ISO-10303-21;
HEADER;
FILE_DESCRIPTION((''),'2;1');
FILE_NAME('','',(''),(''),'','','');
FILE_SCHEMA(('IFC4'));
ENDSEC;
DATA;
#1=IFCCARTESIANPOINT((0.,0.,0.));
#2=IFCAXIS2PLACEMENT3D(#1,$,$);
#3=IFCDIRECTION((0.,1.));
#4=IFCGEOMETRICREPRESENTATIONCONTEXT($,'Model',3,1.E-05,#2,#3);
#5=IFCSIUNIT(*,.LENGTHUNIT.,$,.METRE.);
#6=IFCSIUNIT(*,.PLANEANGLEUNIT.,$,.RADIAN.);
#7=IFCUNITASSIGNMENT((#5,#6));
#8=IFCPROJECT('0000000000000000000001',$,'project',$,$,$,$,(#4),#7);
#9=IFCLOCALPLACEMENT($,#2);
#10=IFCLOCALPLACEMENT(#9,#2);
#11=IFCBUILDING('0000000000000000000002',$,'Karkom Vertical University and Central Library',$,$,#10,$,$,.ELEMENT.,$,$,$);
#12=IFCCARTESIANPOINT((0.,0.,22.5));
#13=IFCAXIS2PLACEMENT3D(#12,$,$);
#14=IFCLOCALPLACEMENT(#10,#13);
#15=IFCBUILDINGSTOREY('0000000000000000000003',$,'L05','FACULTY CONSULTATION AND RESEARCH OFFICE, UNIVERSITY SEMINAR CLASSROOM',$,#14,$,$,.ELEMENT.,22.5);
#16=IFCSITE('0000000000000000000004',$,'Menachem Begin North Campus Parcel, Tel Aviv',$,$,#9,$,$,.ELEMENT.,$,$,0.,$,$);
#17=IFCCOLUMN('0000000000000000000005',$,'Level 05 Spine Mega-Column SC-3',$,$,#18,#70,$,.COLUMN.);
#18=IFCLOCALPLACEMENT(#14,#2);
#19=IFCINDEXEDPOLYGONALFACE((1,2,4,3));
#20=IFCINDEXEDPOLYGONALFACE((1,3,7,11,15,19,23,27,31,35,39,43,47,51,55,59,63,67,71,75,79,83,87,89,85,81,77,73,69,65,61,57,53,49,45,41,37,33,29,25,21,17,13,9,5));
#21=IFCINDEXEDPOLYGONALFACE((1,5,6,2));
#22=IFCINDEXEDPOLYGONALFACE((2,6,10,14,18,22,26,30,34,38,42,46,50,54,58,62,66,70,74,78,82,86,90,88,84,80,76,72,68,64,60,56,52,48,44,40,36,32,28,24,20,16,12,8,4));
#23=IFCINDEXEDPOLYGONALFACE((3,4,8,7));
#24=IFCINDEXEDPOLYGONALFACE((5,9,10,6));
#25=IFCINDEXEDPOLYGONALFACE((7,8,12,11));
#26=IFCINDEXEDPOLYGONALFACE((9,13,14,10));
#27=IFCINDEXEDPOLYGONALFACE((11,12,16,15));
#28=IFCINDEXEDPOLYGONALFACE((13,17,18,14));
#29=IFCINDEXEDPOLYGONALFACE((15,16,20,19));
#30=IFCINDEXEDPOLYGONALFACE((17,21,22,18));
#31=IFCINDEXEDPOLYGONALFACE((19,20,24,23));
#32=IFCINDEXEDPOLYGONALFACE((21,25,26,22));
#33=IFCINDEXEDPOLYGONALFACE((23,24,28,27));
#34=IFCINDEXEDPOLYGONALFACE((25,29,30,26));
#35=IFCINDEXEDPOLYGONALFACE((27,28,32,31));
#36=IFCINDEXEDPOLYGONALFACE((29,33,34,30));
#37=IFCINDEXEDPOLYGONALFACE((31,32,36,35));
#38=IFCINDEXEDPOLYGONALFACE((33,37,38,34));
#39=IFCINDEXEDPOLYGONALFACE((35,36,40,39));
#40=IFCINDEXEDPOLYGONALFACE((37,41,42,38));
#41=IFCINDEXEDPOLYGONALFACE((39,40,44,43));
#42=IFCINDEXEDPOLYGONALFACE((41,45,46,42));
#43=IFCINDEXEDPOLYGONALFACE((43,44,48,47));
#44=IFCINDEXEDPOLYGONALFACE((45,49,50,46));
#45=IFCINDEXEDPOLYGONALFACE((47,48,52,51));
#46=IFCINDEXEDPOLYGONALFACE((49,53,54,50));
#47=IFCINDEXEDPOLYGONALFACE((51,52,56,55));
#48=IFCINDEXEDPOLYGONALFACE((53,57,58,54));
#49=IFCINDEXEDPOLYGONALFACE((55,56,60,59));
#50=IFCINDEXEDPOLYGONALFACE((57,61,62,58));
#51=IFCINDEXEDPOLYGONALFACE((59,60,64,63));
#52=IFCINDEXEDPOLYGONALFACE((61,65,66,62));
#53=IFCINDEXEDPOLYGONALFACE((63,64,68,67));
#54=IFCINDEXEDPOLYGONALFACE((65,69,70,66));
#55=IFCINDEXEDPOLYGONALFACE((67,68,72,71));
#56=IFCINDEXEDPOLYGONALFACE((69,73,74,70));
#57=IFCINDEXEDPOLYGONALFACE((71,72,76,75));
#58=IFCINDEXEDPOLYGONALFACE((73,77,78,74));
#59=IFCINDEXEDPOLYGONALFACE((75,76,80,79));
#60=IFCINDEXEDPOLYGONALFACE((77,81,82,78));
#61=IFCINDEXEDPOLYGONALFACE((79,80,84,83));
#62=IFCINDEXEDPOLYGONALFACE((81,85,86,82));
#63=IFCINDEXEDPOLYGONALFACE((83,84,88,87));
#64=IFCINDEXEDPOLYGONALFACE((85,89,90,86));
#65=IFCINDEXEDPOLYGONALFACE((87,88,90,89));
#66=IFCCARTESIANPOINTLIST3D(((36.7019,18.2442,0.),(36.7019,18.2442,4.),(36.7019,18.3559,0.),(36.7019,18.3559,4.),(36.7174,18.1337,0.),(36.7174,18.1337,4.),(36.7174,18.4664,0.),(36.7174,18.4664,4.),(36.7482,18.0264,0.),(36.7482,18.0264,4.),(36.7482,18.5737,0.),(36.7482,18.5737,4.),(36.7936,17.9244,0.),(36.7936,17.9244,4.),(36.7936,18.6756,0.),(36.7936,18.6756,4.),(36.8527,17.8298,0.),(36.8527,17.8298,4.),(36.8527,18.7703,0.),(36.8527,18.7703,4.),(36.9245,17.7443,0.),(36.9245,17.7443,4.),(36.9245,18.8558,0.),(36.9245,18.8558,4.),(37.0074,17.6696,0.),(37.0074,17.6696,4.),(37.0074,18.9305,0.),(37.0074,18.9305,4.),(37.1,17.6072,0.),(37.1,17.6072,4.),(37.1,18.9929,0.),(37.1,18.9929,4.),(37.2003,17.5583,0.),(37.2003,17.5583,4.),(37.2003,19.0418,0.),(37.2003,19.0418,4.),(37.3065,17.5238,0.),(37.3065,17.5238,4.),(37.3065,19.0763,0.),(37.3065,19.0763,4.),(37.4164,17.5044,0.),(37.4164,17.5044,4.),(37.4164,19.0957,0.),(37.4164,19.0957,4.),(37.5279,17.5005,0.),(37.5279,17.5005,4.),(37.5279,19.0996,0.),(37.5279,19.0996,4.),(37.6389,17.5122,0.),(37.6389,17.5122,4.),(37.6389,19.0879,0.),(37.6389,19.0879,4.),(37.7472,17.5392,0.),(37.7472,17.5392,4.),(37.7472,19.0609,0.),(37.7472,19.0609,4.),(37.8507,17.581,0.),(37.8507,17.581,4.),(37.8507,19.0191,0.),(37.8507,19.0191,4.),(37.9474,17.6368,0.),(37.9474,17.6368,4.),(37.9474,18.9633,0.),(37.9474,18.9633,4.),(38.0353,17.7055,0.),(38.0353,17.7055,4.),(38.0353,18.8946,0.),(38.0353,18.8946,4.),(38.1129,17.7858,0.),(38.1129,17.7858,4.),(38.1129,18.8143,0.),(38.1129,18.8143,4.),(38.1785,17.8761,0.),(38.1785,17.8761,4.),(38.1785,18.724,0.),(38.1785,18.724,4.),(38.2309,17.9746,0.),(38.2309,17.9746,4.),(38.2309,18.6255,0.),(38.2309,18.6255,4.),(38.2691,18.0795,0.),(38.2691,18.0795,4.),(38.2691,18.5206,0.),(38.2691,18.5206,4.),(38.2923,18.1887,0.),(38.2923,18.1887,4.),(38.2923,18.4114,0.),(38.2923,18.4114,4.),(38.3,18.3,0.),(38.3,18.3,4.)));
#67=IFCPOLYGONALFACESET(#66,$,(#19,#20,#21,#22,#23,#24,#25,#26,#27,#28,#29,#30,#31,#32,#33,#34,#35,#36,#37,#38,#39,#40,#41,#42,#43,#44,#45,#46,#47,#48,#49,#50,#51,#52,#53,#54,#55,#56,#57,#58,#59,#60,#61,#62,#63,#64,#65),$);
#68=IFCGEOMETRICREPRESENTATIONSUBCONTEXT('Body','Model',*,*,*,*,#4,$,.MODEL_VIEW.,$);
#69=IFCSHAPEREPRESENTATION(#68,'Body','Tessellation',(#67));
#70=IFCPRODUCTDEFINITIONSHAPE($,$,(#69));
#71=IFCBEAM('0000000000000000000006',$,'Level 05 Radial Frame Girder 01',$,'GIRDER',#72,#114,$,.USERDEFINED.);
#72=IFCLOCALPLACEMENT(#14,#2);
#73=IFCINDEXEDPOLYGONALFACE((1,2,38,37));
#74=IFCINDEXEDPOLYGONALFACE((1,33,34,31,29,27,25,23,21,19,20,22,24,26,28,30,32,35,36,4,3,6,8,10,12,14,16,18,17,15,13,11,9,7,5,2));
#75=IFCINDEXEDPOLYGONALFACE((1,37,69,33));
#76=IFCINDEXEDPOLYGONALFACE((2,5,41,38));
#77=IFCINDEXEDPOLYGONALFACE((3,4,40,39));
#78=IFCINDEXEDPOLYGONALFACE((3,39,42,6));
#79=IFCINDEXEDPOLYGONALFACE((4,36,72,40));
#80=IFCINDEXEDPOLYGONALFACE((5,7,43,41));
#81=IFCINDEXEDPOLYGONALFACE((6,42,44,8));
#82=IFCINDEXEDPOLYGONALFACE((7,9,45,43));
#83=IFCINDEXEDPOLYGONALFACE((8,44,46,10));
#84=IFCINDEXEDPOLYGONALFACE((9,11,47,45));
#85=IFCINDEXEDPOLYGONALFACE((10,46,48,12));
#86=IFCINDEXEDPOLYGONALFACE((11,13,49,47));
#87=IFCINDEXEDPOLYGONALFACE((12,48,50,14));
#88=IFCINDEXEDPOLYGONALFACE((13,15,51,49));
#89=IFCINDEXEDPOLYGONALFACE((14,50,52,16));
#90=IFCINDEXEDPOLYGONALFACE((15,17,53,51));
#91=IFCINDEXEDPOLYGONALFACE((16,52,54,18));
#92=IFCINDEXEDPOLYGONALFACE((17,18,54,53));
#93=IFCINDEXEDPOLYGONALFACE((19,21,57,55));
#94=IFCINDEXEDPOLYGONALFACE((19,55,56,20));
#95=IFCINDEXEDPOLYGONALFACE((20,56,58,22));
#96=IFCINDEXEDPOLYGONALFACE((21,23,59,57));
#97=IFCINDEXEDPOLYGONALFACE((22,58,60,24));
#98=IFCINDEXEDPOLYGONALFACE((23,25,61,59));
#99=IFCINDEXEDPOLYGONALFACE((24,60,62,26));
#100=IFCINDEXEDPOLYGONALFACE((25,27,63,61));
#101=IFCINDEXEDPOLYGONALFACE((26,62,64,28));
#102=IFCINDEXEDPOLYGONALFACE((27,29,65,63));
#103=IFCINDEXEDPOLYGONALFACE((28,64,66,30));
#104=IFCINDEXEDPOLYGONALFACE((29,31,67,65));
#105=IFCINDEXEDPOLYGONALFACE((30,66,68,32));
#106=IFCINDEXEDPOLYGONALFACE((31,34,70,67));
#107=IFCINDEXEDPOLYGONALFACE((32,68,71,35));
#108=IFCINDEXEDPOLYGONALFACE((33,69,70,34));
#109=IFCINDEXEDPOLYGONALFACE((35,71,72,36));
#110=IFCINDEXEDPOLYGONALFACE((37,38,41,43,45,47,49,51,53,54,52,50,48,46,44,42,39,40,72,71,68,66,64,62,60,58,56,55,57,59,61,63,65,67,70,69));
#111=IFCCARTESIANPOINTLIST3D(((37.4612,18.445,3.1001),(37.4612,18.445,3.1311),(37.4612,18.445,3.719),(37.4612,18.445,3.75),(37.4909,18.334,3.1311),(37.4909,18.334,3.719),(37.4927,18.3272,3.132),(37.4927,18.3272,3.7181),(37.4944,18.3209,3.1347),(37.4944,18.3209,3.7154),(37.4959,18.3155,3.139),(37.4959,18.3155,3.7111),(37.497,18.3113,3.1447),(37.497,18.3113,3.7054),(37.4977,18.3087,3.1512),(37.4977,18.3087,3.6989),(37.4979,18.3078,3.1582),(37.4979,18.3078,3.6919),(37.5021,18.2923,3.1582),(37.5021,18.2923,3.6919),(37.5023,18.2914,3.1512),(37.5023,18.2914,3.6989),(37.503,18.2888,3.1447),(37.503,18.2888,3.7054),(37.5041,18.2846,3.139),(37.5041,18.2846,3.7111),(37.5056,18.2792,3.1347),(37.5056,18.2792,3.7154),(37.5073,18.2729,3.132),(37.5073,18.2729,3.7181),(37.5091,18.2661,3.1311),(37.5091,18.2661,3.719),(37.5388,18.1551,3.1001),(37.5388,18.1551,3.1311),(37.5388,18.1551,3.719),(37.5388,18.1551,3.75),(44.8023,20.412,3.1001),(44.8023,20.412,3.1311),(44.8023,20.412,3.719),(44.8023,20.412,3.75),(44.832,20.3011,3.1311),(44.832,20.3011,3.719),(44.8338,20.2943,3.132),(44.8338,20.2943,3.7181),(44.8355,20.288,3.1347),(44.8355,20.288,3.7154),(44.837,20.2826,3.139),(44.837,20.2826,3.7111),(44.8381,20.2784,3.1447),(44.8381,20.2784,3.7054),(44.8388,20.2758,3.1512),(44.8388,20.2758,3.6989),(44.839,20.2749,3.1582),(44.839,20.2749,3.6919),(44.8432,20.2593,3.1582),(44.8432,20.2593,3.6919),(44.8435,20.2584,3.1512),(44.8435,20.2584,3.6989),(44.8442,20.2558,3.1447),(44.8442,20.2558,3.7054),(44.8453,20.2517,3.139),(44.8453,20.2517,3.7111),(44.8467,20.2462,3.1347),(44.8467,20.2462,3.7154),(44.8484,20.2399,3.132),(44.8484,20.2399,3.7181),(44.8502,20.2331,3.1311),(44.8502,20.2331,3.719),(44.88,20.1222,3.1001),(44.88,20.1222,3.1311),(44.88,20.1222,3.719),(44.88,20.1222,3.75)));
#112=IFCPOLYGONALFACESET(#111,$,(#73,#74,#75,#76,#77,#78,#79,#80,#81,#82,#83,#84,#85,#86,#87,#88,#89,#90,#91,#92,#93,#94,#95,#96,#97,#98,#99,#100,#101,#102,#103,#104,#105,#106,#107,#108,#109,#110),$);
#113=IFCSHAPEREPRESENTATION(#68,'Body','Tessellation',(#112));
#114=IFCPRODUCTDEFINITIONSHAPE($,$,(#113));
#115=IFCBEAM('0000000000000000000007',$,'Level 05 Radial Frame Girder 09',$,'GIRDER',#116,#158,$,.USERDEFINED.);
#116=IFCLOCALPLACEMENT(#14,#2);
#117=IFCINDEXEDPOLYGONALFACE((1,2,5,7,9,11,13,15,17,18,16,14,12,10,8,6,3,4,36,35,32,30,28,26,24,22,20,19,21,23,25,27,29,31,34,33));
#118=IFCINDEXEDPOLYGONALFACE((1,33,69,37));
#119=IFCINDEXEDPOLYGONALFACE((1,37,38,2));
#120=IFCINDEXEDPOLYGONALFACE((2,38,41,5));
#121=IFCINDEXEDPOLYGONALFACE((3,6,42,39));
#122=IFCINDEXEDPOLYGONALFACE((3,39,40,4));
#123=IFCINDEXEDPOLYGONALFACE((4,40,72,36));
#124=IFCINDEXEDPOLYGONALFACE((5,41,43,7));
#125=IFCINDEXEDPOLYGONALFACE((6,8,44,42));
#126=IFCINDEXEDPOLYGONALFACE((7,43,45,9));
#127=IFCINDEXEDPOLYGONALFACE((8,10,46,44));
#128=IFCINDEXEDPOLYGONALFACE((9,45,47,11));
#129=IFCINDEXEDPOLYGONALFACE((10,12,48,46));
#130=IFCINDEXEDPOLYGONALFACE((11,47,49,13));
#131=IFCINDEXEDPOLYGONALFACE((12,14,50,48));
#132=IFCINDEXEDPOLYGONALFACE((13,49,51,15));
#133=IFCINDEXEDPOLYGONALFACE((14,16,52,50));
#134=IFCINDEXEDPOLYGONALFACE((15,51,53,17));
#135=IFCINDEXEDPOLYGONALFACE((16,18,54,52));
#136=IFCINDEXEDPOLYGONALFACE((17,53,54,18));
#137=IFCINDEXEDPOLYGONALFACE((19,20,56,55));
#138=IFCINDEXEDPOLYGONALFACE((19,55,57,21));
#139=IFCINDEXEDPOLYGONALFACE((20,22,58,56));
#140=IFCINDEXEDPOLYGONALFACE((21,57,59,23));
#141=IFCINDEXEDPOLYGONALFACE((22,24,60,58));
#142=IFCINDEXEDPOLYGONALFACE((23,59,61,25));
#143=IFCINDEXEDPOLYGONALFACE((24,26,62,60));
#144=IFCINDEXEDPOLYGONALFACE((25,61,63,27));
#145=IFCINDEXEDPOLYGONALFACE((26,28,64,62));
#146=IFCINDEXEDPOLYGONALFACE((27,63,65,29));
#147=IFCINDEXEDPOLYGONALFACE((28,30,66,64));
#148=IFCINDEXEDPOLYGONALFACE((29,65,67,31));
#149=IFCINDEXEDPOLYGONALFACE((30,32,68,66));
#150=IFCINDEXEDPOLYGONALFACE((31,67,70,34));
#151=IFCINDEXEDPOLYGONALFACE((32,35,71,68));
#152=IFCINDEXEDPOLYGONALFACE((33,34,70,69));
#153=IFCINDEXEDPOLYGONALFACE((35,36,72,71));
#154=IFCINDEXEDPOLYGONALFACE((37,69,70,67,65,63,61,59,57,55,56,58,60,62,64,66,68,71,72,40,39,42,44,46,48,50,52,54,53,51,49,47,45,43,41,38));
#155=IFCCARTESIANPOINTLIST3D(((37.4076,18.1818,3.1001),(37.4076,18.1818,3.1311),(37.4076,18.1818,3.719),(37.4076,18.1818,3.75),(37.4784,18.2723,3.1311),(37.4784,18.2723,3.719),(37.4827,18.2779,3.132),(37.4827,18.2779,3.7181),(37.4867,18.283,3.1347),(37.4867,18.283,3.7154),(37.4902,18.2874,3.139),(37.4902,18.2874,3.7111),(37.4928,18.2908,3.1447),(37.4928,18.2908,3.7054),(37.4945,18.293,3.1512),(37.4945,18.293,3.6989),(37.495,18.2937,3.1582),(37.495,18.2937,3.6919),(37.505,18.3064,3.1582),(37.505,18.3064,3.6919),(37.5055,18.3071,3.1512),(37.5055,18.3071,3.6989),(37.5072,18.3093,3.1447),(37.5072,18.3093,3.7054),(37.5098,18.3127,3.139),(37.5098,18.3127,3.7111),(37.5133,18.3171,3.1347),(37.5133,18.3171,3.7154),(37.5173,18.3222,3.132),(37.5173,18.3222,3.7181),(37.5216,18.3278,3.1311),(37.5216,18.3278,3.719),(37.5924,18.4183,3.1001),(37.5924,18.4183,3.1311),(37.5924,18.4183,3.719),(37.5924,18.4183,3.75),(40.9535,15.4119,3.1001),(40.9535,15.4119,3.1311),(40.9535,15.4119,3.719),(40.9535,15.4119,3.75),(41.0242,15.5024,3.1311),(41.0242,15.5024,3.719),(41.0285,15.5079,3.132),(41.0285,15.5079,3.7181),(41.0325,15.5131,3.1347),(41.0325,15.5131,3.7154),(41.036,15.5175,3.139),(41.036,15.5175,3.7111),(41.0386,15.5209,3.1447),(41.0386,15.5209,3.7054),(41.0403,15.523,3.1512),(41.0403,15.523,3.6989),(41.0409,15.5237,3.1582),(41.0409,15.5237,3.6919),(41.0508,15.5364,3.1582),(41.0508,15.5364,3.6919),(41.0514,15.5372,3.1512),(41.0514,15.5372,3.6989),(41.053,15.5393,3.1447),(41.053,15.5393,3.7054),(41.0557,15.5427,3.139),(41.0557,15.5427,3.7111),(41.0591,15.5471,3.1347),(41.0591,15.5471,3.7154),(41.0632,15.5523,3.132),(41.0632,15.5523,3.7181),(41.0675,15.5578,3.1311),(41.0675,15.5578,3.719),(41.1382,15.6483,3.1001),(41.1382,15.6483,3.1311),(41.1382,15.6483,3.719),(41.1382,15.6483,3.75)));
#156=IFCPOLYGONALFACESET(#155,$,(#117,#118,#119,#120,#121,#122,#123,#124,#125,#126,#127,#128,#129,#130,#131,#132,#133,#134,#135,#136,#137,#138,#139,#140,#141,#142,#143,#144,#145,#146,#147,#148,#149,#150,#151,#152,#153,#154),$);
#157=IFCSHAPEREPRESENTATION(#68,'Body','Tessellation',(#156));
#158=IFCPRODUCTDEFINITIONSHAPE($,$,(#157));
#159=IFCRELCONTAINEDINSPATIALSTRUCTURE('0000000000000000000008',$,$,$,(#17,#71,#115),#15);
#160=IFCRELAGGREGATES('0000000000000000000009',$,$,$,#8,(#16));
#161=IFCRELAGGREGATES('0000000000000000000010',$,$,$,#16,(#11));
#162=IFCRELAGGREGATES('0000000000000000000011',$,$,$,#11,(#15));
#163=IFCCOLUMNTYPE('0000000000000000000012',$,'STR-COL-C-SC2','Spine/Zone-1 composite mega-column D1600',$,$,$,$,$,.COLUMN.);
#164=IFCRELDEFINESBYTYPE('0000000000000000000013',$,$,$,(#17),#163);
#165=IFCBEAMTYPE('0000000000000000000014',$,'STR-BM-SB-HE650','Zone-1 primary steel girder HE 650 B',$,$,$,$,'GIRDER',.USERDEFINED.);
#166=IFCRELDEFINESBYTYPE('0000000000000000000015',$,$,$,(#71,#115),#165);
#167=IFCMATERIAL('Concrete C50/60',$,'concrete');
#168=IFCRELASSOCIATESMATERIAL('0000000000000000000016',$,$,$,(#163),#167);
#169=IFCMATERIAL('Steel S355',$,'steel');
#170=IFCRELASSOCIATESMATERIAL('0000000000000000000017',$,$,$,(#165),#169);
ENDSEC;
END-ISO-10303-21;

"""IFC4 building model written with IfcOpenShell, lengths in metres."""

from ifc_helpers import new_model, si_unit, direction, frame, origin, origin_with_axes, origin_2d, place, context, subcontext, project, spatial, circle, i_section, extrude, source, transform, mapped, material, material_profile, profile_set, type_object, element, save


model = new_model("IFC4")

# Units and contexts
model_context = context("Model", 3, precision=1e-05, world=origin(), true_north=direction((0.0, 1.0)))
body_context = subcontext(model_context, "Body", "Model", "MODEL_VIEW")
ifc_project = project(units=[si_unit("LENGTHUNIT", "METRE"), si_unit("PLANEANGLEUNIT", "RADIAN")], contexts=[model_context])

# Site, building, storey
site_placement = place(None, origin())
site = spatial("IfcSite", under=ifc_project, at=site_placement, Name="Menachem Begin North Campus Parcel, Tel Aviv", CompositionType="ELEMENT", RefElevation=0.0)
building_placement = place(site_placement, origin())
building = spatial("IfcBuilding", under=site, at=building_placement, Name="Karkom Vertical University and Central Library", CompositionType="ELEMENT")
storey_placement = place(building_placement, frame((0.0, 0.0, 22.5)))
storey = spatial("IfcBuildingStorey", under=building, at=storey_placement, Name="L05", Description="FACULTY CONSULTATION AND RESEARCH OFFICE, UNIVERSITY SEMINAR CLASSROOM", CompositionType="ELEMENT", Elevation=22.5)

# Column
ifc_material_1 = material(Name="Concrete C50/60", Category="concrete")
ifc_material_profile_1 = material_profile(ifc_material_1, circle(Radius=0.8, at=origin_2d()), Name="CFT-D1600")
ifc_profile_set_1 = profile_set([ifc_material_profile_1], Name="Concrete C50/60")
column_type = type_object("IfcColumnType", Name="STR-COL-C-SC2", Description="Spine/Zone-1 composite mega-column D1600", PredefinedType="COLUMN", material=ifc_profile_set_1)
shared_shape_1 = source(origin_with_axes(), body_context, "Body", "SweptSolid", [
    extrude(circle(Radius=0.8, at=origin_2d()), origin(), (0.0, 0.0, 1.0), 4.0),
])
column_placement = place(storey_placement, frame((37.5, 18.3, 0.0), z_axis=(0.0, 0.0, 1.0), x_axis=(1.0, 0.0, 0.0)))
element("IfcColumn", 1, at=column_placement, inside=storey, type_object=column_type, Name="Level 05 Spine Mega-Column SC-3", PredefinedType="COLUMN", context=body_context, shape_type="MappedRepresentation", body=[
    mapped(shared_shape_1, transform((0.0, 0.0, 0.0), scale=1.0)),
])

# Beams
ifc_material_2 = material(Name="Steel S355", Category="steel")
ifc_material_profile_2 = material_profile(ifc_material_2, i_section(OverallWidth=0.3, OverallDepth=0.6499, WebThickness=0.0161, FlangeThickness=0.031, FilletRadius=0.0271, at=origin_2d()), Name="HE 650 B")
ifc_profile_set_2 = profile_set([ifc_material_profile_2], Name="Steel S355")
beam_type_1 = type_object("IfcBeamType", Name="STR-BM-SB-HE650", Description="Zone-1 primary steel girder HE 650 B", ElementType="GIRDER", PredefinedType="USERDEFINED", material=ifc_profile_set_2)
shared_shape_2 = source(origin_with_axes(), body_context, "Body", "SweptSolid", [
    extrude(i_section(OverallWidth=0.3, OverallDepth=0.6499, WebThickness=0.0161, FlangeThickness=0.031, FilletRadius=0.0271, at=origin_2d()), origin(), (0.0, 0.0, 1.0), 7.6001),
])
beam_1_placement = place(storey_placement, frame((37.5, 18.3, 3.425), z_axis=(0.965926, 0.25882, 0.0), x_axis=(-0.25882, 0.965926, 0.0)))
element("IfcBeam", 2, at=beam_1_placement, inside=storey, type_object=beam_type_1, Name="Level 05 Radial Frame Girder 01", ObjectType="GIRDER", PredefinedType="USERDEFINED", context=body_context, shape_type="MappedRepresentation", body=[
    mapped(shared_shape_2, transform((0.0, 0.0, 0.0), scale=1.0)),
])
shared_shape_3 = source(origin_with_axes(), body_context, "Body", "SweptSolid", [
    extrude(i_section(OverallWidth=0.3, OverallDepth=0.6499, WebThickness=0.0161, FlangeThickness=0.031, FilletRadius=0.0271, at=origin_2d()), origin(), (0.0, 0.0, 1.0), 4.4995),
])
beam_2_placement = place(storey_placement, frame((37.5, 18.3, 3.425), z_axis=(0.788047, -0.615615, 0.0), x_axis=(0.615615, 0.788047, 0.0)))
element("IfcBeam", 3, at=beam_2_placement, inside=storey, type_object=beam_type_1, Name="Level 05 Radial Frame Girder 09", ObjectType="GIRDER", PredefinedType="USERDEFINED", context=body_context, shape_type="MappedRepresentation", body=[
    mapped(shared_shape_3, transform((0.0, 0.0, 0.0), scale=1.0)),
])

save(model, "model.ifc")
